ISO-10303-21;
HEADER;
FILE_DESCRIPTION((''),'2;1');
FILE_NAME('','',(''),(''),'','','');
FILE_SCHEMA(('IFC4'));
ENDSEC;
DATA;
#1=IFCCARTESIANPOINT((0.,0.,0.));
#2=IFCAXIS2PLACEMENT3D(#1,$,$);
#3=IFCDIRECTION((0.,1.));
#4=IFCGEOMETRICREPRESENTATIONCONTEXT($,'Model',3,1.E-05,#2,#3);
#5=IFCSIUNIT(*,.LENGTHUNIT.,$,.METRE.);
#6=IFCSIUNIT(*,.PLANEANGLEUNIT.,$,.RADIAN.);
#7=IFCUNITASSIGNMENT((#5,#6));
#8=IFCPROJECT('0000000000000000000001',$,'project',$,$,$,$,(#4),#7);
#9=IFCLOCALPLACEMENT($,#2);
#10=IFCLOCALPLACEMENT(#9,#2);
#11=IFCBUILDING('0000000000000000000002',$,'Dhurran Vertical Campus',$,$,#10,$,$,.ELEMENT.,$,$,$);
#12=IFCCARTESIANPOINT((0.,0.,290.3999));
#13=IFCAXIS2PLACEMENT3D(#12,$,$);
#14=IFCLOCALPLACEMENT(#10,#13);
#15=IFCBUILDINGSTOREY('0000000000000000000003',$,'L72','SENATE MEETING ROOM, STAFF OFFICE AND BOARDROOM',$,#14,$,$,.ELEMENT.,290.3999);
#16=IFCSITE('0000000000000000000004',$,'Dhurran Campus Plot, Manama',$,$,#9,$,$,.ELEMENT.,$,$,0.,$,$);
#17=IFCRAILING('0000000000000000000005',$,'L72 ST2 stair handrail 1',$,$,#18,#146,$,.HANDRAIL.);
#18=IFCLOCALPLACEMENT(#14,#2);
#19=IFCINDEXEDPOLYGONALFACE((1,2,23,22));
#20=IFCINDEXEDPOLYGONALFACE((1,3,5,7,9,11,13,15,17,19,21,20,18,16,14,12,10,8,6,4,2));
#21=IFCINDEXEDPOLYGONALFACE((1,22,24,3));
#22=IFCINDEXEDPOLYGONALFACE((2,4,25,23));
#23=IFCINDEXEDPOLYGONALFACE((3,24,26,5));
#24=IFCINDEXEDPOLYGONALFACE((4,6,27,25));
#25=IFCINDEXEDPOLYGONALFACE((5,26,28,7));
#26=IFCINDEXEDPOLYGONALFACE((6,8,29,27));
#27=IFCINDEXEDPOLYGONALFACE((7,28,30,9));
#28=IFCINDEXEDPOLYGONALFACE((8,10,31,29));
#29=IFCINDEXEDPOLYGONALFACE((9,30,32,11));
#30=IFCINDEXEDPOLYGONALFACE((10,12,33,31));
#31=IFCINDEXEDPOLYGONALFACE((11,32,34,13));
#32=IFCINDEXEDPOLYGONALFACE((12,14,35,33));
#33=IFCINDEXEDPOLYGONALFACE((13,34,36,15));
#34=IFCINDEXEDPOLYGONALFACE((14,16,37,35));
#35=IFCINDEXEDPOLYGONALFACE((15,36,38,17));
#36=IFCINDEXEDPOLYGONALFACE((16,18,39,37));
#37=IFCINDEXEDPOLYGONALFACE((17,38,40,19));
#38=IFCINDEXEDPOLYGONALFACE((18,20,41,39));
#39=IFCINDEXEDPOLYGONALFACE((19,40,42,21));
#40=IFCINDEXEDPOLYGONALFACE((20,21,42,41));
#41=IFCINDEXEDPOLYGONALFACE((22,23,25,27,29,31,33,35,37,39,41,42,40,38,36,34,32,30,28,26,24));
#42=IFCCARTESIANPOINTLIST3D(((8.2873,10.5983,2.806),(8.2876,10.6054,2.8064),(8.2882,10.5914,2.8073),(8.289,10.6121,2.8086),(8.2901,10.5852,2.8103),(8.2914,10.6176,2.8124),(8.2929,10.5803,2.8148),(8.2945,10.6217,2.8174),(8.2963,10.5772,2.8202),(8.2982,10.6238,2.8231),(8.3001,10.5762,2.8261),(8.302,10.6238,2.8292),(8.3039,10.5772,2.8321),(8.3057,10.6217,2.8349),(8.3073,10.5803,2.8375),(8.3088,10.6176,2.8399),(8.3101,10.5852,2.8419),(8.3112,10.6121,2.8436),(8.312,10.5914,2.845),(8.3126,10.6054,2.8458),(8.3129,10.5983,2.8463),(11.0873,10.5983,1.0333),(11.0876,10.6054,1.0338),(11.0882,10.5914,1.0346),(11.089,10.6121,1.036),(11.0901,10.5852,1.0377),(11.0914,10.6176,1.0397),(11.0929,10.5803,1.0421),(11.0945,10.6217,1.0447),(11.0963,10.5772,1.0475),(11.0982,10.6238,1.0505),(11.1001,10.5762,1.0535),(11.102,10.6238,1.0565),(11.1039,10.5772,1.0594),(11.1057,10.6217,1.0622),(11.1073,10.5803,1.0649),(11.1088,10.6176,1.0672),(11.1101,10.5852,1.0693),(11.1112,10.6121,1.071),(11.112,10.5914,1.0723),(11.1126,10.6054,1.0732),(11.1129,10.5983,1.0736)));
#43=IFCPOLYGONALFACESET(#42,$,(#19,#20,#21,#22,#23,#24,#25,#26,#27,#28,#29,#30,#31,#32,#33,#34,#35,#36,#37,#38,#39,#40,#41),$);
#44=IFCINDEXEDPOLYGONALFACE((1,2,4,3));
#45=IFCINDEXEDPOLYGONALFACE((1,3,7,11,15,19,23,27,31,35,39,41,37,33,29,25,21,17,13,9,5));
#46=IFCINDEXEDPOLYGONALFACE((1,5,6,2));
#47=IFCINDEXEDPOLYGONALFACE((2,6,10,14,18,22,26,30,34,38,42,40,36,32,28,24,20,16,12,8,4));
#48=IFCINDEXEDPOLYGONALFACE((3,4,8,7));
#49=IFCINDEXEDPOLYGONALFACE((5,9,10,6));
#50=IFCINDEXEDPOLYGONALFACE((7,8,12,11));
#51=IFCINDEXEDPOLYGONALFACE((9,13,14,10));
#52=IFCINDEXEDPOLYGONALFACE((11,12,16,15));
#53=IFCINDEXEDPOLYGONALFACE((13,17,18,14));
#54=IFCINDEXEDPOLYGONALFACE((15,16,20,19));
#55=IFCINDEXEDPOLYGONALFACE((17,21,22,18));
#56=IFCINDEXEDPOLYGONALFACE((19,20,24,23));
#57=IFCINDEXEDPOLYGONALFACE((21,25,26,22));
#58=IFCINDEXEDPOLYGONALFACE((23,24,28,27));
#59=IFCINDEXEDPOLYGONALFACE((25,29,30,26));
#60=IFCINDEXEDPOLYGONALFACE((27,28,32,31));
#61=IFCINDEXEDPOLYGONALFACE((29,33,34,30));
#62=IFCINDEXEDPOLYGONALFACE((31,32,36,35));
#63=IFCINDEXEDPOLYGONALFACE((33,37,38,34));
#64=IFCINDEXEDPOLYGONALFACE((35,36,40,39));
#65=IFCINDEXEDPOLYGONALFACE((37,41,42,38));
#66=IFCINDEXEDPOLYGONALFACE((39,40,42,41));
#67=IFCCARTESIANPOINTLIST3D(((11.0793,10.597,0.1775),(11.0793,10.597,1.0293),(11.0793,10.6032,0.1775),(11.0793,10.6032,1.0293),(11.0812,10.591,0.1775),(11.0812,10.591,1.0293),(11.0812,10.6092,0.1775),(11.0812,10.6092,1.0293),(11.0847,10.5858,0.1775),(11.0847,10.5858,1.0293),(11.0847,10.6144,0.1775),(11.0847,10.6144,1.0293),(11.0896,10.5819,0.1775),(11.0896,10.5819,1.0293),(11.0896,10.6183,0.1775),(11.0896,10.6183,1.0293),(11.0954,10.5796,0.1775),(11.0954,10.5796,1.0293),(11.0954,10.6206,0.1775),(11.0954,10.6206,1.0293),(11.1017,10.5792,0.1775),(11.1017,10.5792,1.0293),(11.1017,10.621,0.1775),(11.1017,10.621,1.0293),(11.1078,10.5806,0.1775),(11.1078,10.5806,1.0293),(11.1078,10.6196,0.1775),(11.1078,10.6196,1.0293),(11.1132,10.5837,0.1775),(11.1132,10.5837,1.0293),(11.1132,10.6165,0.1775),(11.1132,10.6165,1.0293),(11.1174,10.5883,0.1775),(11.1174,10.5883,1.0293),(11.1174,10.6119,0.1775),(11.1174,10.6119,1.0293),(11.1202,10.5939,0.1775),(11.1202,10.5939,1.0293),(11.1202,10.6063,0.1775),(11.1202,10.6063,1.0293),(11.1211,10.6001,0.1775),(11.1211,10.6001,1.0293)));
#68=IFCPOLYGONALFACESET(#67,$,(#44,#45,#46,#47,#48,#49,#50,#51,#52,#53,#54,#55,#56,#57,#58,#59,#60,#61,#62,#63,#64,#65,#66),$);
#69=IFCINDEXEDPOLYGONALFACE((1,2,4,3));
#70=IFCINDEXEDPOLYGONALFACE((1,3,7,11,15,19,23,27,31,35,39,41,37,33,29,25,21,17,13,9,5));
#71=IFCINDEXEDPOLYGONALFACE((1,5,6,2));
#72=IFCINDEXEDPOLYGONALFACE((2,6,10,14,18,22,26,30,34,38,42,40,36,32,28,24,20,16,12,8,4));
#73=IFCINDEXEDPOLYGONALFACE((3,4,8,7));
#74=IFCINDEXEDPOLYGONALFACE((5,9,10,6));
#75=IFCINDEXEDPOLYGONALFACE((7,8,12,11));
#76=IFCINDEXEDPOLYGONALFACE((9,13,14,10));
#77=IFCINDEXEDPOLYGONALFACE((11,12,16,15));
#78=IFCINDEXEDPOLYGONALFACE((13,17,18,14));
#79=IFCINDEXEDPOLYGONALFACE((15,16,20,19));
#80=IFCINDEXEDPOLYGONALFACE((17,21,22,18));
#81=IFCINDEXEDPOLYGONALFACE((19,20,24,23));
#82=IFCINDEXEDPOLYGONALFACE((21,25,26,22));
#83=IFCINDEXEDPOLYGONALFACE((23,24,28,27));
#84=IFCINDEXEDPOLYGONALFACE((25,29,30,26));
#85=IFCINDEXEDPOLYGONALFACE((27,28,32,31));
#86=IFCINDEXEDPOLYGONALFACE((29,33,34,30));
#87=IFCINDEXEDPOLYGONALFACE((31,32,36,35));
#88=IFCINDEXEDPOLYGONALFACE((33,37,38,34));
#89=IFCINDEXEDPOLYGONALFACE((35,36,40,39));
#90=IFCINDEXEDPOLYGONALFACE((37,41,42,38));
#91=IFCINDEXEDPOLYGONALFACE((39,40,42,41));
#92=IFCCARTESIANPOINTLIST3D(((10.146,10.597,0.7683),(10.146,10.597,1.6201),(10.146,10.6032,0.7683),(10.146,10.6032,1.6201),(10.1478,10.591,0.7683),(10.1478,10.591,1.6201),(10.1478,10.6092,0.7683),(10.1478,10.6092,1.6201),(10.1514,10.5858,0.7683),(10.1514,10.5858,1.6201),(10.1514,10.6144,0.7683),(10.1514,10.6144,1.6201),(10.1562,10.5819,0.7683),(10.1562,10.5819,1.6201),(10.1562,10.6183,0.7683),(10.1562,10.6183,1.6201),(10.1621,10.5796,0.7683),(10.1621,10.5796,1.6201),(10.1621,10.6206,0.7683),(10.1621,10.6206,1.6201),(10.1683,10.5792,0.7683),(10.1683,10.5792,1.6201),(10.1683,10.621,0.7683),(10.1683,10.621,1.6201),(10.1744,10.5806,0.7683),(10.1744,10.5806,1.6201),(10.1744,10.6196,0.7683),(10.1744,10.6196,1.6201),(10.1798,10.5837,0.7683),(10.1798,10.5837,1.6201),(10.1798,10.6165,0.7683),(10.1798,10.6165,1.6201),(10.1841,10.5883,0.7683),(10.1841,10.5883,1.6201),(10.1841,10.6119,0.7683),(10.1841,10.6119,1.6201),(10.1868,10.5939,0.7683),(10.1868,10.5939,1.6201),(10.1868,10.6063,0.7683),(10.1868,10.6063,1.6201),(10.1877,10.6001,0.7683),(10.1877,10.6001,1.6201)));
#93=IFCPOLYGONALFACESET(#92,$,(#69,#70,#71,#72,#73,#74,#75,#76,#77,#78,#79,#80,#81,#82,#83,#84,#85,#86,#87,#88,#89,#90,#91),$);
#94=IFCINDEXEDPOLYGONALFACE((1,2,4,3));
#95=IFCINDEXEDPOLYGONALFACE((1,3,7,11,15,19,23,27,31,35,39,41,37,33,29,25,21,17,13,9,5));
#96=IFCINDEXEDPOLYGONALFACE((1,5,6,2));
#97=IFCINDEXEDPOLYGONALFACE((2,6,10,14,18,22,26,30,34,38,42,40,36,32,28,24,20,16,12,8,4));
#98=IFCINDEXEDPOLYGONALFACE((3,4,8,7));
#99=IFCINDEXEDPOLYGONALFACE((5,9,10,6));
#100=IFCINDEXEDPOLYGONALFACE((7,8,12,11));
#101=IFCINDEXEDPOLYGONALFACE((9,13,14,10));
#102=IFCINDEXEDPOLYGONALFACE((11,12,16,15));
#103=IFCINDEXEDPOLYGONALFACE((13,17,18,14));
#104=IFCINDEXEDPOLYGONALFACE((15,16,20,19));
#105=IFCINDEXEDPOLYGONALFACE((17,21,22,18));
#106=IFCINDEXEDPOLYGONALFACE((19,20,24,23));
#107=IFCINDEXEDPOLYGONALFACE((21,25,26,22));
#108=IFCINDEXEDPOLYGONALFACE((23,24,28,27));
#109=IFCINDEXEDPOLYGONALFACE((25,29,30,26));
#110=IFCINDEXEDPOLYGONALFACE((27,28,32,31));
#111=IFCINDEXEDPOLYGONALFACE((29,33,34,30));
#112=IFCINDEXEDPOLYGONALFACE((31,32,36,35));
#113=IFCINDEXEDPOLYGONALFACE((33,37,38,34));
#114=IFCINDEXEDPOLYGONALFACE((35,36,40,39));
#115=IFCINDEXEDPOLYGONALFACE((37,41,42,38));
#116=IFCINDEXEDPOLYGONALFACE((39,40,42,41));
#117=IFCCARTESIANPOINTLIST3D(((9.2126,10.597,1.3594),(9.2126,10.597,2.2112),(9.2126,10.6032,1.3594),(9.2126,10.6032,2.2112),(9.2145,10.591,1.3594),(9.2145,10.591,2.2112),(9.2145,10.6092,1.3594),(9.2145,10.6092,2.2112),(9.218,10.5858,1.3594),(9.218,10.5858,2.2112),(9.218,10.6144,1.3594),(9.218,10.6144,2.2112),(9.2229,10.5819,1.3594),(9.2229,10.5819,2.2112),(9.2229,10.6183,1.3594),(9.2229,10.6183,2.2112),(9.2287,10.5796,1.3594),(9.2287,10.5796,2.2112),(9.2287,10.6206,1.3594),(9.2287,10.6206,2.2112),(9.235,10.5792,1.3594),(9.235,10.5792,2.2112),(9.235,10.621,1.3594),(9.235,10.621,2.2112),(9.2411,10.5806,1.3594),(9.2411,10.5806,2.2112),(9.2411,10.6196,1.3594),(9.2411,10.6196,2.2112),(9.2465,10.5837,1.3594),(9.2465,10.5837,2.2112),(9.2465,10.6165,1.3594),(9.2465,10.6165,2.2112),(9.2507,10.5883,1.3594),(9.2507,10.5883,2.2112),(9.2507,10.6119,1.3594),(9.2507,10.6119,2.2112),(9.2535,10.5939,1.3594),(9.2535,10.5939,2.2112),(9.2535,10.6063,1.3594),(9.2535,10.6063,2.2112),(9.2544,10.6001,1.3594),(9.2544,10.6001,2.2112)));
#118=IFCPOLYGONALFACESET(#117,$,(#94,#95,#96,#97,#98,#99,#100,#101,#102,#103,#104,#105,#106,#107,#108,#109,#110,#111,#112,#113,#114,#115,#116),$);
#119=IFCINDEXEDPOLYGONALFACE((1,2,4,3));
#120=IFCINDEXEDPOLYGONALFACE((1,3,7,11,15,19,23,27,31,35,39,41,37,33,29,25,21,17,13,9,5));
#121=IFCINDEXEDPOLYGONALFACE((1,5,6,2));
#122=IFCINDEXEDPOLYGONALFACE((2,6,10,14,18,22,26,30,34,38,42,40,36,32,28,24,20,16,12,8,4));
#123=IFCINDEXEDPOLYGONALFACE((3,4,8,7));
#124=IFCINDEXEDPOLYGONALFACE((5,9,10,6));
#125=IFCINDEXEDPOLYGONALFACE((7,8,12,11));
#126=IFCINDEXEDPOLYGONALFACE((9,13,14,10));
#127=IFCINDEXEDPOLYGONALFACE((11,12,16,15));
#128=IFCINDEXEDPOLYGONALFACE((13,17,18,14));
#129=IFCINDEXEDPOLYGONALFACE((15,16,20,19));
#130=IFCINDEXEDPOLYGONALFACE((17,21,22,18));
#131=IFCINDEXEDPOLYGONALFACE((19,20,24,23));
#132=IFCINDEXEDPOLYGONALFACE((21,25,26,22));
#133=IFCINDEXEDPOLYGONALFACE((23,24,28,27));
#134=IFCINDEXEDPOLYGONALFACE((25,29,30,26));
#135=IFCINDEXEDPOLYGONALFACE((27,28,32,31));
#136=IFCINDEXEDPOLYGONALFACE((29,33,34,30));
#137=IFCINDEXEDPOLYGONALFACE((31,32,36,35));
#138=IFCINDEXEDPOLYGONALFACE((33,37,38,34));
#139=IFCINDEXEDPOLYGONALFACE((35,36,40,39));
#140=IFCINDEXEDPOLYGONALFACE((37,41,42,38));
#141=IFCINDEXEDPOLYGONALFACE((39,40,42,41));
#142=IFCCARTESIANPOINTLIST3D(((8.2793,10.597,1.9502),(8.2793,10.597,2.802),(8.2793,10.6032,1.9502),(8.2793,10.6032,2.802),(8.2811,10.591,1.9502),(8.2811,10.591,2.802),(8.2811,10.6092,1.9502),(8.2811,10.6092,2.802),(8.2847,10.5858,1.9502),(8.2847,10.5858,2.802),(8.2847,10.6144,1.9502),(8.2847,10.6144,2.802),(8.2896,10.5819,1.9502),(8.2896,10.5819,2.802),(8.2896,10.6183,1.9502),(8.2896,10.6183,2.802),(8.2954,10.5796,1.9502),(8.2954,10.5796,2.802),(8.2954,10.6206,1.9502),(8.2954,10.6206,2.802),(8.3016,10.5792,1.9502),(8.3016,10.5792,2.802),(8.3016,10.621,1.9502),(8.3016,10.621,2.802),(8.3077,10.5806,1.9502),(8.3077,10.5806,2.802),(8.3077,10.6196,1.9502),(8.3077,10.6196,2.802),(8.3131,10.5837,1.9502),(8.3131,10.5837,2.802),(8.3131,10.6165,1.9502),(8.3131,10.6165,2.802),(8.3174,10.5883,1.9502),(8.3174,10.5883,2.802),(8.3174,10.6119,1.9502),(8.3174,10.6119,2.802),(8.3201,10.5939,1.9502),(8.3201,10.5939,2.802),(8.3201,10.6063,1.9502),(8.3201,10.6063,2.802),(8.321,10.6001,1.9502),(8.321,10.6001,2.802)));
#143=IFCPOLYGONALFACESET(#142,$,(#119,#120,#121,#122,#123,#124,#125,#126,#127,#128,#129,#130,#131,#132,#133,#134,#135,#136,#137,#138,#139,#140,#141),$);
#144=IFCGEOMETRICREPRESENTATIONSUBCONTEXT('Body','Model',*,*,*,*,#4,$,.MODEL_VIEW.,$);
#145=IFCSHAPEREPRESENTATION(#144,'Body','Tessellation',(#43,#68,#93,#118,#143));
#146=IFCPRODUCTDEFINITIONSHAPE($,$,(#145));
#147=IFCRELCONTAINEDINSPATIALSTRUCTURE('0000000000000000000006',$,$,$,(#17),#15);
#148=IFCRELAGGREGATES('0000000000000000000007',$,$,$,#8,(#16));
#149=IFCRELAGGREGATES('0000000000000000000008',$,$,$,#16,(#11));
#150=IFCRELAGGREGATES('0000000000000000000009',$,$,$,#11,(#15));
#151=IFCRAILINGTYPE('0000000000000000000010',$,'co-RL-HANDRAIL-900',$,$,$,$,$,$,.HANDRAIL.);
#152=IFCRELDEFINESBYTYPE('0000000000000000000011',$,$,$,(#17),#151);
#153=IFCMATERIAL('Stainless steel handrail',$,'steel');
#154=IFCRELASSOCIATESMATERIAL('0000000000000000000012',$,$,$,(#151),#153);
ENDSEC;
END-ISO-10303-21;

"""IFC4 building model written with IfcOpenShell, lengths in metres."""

from ifc_helpers import new_model, si_unit, direction, frame, origin, origin_2d, place, context, subcontext, project, spatial, circle, extrude, material, type_object, element, save


model = new_model("IFC4")

# Units and contexts
model_context = context("Model", 3, precision=1e-05, world=origin(), true_north=direction((0.0, 1.0)))
body_context = subcontext(model_context, "Body", "Model", "MODEL_VIEW")
ifc_project = project(units=[si_unit("LENGTHUNIT", "METRE"), si_unit("PLANEANGLEUNIT", "RADIAN")], contexts=[model_context])

# Site, building, storey
site_placement = place(None, origin())
site = spatial("IfcSite", under=ifc_project, at=site_placement, Name="Dhurran Campus Plot, Manama", CompositionType="ELEMENT", RefElevation=0.0)
building_placement = place(site_placement, origin())
building = spatial("IfcBuilding", under=site, at=building_placement, Name="Dhurran Vertical Campus", CompositionType="ELEMENT")
storey_placement = place(building_placement, frame((0.0, 0.0, 290.3999)))
storey = spatial("IfcBuildingStorey", under=building, at=storey_placement, Name="L72", Description="SENATE MEETING ROOM, STAFF OFFICE AND BOARDROOM", CompositionType="ELEMENT", Elevation=290.3999)

# Railing
ifc_material_1 = material(Name="Stainless steel handrail", Category="steel")
railing_type_1 = type_object("IfcRailingType", Name="co-RL-HANDRAIL-900", PredefinedType="HANDRAIL", material=ifc_material_1)
railing_1_placement = place(storey_placement, frame((11.1001, 10.6001, 0.1775)))
element("IfcRailing", 1, at=railing_1_placement, inside=storey, type_object=railing_type_1, Name="L72 ST2 stair handrail 1", PredefinedType="HANDRAIL", context=body_context, shape_type="SweptSolid", body=[
    extrude(circle(Radius=0.0239, at=origin_2d()), frame((0.0, 0.0, 0.876), z_axis=(-0.844909, 0.0, 0.53491), x_axis=(0.0, -1.0, 0.0)), (0.0, 0.0, 1.0), 3.314),
    extrude(circle(Radius=0.021, at=origin_2d()), origin(), (0.0, 0.0, 1.0), 0.8518),
    extrude(circle(Radius=0.021, at=origin_2d()), frame((-0.9333, 0.0, 0.5908)), (0.0, 0.0, 1.0), 0.8518),
    extrude(circle(Radius=0.021, at=origin_2d()), frame((-1.8667, 0.0, 1.1819)), (0.0, 0.0, 1.0), 0.8518),
    extrude(circle(Radius=0.021, at=origin_2d()), frame((-2.8, 0.0, 1.7727)), (0.0, 0.0, 1.0), 0.8518),
])

save(model, "model.ifc")
